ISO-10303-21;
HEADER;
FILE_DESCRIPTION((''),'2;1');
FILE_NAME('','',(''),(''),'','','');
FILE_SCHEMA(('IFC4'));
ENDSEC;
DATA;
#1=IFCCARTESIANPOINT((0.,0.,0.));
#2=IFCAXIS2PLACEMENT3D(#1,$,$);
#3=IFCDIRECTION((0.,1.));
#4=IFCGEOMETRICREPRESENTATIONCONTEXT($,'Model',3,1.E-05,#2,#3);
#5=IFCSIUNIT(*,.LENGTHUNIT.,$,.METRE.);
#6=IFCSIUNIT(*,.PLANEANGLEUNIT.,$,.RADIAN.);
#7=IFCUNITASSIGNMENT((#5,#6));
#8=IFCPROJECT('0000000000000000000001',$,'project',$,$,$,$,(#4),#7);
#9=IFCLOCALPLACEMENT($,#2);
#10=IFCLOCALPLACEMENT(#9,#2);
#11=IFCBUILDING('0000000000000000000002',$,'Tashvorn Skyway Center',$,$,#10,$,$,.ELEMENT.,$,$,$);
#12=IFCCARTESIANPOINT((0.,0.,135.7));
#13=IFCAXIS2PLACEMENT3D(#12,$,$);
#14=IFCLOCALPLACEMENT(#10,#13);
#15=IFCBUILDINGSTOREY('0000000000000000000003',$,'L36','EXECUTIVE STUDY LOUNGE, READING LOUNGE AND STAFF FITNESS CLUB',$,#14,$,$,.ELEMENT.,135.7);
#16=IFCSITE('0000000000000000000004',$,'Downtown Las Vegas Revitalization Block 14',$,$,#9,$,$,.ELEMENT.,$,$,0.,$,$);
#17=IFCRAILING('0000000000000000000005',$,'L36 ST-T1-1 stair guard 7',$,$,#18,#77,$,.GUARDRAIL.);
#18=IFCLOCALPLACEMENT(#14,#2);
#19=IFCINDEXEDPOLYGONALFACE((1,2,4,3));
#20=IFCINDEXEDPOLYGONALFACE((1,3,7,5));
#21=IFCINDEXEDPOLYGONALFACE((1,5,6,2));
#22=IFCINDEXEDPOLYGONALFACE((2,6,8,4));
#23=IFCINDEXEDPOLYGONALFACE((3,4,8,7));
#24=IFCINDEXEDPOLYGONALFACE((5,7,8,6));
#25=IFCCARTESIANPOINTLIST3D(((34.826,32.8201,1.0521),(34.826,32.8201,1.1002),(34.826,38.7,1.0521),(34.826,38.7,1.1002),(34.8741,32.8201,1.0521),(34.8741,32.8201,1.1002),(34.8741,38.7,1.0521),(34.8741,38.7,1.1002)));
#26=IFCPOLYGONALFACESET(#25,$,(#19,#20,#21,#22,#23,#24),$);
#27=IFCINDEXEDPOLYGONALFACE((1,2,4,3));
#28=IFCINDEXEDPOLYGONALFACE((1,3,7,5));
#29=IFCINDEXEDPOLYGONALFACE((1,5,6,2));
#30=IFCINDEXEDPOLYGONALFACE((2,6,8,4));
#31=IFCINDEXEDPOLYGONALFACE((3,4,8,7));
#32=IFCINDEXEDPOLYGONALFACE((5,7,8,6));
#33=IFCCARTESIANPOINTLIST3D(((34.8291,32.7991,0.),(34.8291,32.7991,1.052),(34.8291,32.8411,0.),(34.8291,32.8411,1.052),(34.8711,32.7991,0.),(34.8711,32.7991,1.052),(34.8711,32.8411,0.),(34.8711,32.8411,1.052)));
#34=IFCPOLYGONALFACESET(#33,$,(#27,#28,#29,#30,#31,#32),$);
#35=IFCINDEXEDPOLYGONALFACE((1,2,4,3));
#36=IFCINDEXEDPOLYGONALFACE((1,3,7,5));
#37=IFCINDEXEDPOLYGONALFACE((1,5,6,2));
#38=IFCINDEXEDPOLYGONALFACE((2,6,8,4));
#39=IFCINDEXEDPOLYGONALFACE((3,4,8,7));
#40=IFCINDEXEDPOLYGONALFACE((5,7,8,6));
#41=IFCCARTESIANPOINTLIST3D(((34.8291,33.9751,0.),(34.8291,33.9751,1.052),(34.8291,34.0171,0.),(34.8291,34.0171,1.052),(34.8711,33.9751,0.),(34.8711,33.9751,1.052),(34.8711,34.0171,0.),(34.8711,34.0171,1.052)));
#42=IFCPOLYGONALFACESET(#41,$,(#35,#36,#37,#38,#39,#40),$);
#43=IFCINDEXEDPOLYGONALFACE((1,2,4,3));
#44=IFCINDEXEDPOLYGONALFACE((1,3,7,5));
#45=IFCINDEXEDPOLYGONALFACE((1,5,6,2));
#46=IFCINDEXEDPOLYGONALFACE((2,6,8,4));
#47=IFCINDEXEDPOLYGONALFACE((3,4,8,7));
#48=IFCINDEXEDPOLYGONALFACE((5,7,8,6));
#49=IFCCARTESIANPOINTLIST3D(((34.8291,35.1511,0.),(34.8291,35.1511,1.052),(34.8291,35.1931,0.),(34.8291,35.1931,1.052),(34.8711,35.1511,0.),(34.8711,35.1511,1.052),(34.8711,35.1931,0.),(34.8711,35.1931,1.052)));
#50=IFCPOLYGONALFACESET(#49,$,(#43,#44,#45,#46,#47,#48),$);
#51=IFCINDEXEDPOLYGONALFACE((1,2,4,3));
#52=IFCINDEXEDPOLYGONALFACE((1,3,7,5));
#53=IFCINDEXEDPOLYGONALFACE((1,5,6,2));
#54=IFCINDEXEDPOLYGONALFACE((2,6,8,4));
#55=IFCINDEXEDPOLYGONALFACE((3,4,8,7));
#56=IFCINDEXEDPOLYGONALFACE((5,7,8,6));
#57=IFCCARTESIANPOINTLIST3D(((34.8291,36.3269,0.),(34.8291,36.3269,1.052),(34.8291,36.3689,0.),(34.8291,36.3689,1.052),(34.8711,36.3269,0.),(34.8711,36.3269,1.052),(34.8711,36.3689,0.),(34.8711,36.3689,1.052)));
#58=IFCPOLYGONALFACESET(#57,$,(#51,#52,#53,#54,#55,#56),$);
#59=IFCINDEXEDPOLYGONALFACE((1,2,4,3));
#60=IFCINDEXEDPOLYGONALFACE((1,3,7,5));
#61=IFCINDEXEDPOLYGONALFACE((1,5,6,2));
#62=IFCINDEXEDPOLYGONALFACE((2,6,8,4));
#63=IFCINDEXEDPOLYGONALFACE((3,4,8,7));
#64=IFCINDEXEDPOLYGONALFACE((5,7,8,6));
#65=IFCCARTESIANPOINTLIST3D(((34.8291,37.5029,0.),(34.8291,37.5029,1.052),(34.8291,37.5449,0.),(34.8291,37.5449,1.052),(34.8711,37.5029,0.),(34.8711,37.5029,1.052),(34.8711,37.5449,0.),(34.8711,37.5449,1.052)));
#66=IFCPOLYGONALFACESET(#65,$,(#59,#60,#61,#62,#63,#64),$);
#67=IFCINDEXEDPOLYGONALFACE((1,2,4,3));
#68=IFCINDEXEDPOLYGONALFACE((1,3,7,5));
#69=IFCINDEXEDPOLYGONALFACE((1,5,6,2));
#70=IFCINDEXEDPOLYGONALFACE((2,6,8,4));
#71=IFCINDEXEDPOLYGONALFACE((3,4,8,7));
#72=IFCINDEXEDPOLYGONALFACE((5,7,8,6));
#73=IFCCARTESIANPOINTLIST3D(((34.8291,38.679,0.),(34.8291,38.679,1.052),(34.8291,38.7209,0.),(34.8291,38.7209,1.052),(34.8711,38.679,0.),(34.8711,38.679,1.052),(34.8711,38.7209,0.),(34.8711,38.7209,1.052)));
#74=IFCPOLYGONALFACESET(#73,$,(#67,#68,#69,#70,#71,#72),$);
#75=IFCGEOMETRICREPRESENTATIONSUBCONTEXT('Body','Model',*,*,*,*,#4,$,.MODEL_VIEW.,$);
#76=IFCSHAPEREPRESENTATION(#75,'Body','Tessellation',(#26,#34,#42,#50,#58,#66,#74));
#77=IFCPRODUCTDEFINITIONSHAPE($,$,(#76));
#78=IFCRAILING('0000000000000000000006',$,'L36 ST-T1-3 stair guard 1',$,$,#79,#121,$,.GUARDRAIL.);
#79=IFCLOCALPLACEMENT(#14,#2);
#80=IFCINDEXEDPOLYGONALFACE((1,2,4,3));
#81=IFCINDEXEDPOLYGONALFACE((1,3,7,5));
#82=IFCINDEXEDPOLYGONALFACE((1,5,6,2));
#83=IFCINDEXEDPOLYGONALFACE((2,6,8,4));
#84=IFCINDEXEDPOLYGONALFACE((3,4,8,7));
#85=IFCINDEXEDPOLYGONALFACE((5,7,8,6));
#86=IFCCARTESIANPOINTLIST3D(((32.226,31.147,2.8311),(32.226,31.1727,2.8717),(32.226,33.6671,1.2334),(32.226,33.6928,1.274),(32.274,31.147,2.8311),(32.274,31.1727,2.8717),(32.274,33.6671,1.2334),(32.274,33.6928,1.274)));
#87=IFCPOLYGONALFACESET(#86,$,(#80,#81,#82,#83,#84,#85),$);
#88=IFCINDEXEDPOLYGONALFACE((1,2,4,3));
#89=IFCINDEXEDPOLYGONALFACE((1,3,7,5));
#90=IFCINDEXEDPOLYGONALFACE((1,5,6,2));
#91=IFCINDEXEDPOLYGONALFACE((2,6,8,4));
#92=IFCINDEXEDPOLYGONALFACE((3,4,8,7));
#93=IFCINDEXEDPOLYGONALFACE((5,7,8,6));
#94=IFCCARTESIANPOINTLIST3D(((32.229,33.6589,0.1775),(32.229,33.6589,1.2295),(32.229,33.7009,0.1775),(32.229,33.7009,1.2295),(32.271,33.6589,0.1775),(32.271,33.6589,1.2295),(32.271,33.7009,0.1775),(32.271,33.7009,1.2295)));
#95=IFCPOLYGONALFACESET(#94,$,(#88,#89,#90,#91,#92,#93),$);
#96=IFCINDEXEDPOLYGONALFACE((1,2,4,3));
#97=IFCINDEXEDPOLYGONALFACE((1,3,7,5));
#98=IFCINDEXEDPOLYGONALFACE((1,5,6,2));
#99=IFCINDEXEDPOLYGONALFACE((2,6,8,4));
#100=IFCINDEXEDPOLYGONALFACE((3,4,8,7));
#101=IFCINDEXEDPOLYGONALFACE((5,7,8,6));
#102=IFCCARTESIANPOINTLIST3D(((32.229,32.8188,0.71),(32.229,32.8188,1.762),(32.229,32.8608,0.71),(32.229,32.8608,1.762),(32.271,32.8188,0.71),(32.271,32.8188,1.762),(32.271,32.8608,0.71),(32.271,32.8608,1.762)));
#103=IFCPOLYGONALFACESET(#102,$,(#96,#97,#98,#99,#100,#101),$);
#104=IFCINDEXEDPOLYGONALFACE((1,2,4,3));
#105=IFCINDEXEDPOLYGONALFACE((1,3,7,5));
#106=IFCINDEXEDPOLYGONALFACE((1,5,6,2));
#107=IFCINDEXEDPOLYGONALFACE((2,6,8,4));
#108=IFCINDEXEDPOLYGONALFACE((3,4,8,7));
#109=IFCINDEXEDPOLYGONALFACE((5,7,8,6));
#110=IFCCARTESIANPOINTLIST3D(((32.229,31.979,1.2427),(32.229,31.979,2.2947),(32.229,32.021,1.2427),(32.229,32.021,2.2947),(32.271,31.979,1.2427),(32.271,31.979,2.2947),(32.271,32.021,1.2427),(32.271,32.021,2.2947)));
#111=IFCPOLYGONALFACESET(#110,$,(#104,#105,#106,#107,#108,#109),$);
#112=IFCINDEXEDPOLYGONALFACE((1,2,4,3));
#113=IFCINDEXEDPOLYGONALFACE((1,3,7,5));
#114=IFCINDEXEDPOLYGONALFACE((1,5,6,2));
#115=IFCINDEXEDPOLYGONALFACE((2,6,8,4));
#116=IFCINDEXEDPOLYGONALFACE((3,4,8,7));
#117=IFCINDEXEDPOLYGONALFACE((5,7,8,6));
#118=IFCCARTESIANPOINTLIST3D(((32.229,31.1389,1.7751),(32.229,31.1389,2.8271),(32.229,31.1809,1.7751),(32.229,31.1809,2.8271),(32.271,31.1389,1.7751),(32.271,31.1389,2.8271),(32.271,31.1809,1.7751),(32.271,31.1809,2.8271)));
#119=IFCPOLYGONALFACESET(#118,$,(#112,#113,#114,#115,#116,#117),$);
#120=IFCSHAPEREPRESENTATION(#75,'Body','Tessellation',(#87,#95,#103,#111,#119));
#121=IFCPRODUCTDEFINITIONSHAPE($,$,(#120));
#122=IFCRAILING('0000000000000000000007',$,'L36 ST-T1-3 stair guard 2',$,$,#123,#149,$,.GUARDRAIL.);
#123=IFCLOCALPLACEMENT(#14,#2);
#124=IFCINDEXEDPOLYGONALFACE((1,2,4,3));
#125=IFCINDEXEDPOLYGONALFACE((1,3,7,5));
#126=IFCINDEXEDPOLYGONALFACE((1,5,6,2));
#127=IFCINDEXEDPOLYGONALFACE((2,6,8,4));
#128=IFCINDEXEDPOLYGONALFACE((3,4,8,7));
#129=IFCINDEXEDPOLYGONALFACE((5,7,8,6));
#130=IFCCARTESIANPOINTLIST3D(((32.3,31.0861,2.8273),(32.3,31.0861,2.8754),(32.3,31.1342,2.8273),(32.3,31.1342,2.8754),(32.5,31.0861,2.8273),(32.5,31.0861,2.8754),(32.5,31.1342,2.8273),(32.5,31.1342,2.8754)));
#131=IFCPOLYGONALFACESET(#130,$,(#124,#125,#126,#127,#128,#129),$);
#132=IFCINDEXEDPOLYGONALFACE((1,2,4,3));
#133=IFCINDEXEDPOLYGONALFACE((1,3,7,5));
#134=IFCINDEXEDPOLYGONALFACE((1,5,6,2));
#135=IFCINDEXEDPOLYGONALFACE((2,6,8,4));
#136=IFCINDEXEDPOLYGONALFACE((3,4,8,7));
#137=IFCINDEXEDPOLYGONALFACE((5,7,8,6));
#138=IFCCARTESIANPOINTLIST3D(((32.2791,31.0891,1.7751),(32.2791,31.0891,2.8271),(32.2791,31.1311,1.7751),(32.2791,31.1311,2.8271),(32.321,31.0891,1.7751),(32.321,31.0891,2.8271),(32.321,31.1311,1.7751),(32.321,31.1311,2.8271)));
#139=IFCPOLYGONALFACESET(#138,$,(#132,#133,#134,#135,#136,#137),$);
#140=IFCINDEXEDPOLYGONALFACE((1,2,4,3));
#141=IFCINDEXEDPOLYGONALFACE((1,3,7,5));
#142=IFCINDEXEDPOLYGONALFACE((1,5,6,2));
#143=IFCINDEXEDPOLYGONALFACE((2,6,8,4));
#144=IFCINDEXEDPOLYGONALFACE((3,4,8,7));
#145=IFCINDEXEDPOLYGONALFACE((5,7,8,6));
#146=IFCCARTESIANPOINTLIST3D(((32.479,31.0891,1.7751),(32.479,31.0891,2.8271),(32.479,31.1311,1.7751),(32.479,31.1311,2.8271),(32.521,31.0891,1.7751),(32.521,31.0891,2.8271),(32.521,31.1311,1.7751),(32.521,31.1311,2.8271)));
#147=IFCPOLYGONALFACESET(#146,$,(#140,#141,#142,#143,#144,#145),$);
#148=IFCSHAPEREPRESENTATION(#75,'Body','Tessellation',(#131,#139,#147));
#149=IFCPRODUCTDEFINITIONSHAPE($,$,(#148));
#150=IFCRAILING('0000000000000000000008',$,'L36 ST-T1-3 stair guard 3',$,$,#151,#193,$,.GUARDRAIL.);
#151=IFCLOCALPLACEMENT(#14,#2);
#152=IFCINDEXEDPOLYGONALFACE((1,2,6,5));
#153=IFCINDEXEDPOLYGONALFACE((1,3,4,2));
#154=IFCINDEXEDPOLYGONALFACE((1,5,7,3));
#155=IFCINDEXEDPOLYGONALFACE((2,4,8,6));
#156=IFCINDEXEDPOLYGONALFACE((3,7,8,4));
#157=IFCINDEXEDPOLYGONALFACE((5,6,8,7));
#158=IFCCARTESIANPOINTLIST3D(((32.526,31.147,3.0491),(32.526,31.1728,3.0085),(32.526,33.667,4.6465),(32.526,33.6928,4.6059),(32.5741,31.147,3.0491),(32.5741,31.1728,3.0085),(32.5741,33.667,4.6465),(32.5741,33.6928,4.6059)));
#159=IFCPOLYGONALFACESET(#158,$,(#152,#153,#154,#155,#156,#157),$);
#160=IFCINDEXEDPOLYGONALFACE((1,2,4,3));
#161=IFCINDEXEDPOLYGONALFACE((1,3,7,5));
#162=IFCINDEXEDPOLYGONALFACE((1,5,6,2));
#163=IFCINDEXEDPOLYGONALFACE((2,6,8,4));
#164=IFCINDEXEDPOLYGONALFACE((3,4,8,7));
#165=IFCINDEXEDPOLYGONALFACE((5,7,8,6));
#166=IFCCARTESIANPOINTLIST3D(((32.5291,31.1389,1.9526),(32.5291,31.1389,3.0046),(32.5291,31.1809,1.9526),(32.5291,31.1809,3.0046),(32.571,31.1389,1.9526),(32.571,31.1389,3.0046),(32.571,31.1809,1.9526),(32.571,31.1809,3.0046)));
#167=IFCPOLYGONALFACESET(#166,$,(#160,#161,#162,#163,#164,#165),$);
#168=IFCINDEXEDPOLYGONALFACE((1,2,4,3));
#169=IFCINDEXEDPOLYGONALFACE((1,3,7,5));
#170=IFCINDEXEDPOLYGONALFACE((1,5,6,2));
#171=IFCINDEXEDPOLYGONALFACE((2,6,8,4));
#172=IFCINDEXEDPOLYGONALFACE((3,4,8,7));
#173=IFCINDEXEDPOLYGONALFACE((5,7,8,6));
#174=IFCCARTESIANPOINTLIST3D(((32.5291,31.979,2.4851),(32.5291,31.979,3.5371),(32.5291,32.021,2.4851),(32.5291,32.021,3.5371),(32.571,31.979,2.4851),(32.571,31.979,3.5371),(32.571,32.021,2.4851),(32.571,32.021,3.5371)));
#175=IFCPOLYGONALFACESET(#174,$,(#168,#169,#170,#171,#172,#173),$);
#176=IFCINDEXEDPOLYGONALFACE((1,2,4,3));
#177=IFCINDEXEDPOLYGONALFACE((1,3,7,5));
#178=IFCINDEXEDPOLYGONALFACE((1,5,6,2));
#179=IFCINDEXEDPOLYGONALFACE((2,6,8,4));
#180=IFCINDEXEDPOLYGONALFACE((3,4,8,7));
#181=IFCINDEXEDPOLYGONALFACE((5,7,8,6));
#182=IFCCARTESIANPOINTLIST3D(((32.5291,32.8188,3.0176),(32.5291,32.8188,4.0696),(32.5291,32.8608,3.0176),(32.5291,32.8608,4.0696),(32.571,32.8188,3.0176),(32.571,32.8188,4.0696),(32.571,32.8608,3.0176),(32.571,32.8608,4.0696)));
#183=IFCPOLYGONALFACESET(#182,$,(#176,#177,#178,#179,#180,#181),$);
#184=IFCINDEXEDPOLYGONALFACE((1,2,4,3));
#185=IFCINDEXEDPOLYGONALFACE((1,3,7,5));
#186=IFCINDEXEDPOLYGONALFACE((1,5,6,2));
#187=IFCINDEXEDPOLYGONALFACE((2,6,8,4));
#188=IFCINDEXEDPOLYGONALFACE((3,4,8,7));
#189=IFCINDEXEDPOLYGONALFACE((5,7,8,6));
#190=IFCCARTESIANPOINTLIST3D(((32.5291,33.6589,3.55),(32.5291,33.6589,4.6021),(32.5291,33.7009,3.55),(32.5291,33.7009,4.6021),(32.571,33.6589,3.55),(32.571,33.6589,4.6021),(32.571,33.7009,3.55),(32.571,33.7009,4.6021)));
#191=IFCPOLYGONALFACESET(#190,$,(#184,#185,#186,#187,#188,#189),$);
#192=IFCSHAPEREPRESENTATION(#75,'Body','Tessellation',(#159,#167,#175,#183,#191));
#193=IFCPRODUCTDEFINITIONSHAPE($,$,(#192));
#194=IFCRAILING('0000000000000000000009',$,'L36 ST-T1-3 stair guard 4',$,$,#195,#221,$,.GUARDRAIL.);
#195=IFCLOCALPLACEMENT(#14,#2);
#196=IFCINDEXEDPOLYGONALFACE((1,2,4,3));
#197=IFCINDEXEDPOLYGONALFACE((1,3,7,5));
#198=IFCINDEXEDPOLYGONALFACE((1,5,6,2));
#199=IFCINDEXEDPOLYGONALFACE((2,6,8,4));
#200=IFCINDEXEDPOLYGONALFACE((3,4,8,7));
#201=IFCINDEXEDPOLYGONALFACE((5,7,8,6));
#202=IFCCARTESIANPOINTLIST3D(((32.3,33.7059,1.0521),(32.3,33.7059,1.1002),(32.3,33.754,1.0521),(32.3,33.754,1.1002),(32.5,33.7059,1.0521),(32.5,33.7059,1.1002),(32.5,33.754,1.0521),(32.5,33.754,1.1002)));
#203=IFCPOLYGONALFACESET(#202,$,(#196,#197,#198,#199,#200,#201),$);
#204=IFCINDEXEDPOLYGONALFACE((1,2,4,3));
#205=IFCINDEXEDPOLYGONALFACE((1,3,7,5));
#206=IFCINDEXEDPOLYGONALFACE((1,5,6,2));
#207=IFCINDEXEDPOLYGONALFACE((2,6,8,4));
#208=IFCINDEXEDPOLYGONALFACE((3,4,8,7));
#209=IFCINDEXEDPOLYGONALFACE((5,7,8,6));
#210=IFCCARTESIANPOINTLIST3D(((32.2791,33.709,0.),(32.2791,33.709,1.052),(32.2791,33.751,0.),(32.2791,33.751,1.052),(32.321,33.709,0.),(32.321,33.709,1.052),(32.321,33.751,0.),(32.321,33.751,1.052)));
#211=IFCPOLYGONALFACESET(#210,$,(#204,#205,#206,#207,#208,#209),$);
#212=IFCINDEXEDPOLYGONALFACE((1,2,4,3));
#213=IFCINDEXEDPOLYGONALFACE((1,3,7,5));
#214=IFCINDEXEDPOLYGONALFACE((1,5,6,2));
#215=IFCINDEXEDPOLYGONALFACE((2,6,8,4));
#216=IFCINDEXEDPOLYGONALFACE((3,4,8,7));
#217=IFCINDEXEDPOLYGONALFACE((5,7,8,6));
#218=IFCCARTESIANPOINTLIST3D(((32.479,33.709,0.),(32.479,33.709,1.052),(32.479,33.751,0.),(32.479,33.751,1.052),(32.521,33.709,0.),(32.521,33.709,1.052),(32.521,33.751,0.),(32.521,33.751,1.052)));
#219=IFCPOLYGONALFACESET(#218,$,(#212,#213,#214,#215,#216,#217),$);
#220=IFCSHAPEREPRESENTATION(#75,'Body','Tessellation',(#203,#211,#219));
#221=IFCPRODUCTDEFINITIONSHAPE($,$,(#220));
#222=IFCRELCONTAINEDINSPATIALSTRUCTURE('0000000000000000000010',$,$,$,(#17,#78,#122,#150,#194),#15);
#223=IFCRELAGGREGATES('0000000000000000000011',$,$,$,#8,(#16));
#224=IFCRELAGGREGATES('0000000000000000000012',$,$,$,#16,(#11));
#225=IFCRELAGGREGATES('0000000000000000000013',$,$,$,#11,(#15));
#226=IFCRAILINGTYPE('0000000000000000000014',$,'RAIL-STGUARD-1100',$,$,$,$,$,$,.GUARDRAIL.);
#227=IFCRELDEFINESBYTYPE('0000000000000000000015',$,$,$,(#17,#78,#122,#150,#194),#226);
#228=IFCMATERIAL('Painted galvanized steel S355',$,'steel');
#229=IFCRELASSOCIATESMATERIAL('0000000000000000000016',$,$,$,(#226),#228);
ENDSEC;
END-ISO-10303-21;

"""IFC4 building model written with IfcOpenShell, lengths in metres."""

from ifc_helpers import new_model, si_unit, direction, frame, origin, origin_2d, place, context, subcontext, project, spatial, rectangle, extrude, material, type_object, element, save


model = new_model("IFC4")

# Units and contexts
model_context = context("Model", 3, precision=1e-05, world=origin(), true_north=direction((0.0, 1.0)))
body_context = subcontext(model_context, "Body", "Model", "MODEL_VIEW")
ifc_project = project(units=[si_unit("LENGTHUNIT", "METRE"), si_unit("PLANEANGLEUNIT", "RADIAN")], contexts=[model_context])

# Site, building, storey
site_placement = place(None, origin())
site = spatial("IfcSite", under=ifc_project, at=site_placement, Name="Downtown Las Vegas Revitalization Block 14", CompositionType="ELEMENT", RefElevation=0.0)
building_placement = place(site_placement, origin())
building = spatial("IfcBuilding", under=site, at=building_placement, Name="Tashvorn Skyway Center", CompositionType="ELEMENT")
storey_placement = place(building_placement, frame((0.0, 0.0, 135.7)))
storey = spatial("IfcBuildingStorey", under=building, at=storey_placement, Name="L36", Description="EXECUTIVE STUDY LOUNGE, READING LOUNGE AND STAFF FITNESS CLUB", CompositionType="ELEMENT", Elevation=135.7)

# Railings
ifc_material_1 = material(Name="Painted galvanized steel S355", Category="steel")
railing_type_1 = type_object("IfcRailingType", Name="RAIL-STGUARD-1100", PredefinedType="GUARDRAIL", material=ifc_material_1)
railing_1_placement = place(storey_placement, frame((34.8501, 32.8201, 0.0)))
element("IfcRailing", 1, at=railing_1_placement, inside=storey, type_object=railing_type_1, Name="L36 ST-T1-1 stair guard 7", PredefinedType="GUARDRAIL", context=body_context, shape_type="SweptSolid", body=[
    extrude(rectangle(XDim=0.0481, YDim=0.0481, at=origin_2d()), frame((0.0, 0.0, 1.0762), z_axis=(0.0, 1.0, 0.0), x_axis=(-1.0, 0.0, 0.0)), (0.0, 0.0, 1.0), 5.8799),
    extrude(rectangle(XDim=0.042, YDim=0.042, at=origin_2d()), origin(), (0.0, 0.0, 1.0), 1.052),
    extrude(rectangle(XDim=0.042, YDim=0.042, at=origin_2d()), frame((0.0, 1.176, 0.0)), (0.0, 0.0, 1.0), 1.052),
    extrude(rectangle(XDim=0.042, YDim=0.042, at=origin_2d()), frame((0.0, 2.3521, 0.0)), (0.0, 0.0, 1.0), 1.052),
    extrude(rectangle(XDim=0.042, YDim=0.042, at=origin_2d()), frame((0.0, 3.5278, 0.0)), (0.0, 0.0, 1.0), 1.052),
    extrude(rectangle(XDim=0.042, YDim=0.042, at=origin_2d()), frame((0.0, 4.7039, 0.0)), (0.0, 0.0, 1.0), 1.052),
    extrude(rectangle(XDim=0.042, YDim=0.042, at=origin_2d()), frame((0.0, 5.8799, 0.0)), (0.0, 0.0, 1.0), 1.052),
])
railing_2_placement = place(storey_placement, frame((32.25, 33.6799, 0.1775)))
element("IfcRailing", 2, at=railing_2_placement, inside=storey, type_object=railing_type_1, Name="L36 ST-T1-3 stair guard 1", PredefinedType="GUARDRAIL", context=body_context, shape_type="SweptSolid", body=[
    extrude(rectangle(XDim=0.0481, YDim=0.0481, at=origin_2d()), frame((0.0, 0.0, 1.0762), z_axis=(0.0, -0.84457, 0.535445), x_axis=(1.0, 0.0, 0.0)), (0.0, 0.0, 1.0), 2.9839),
    extrude(rectangle(XDim=0.042, YDim=0.042, at=origin_2d()), origin(), (0.0, 0.0, 1.0), 1.052),
    extrude(rectangle(XDim=0.042, YDim=0.042, at=origin_2d()), frame((0.0, -0.8401, 0.5325)), (0.0, 0.0, 1.0), 1.052),
    extrude(rectangle(XDim=0.042, YDim=0.042, at=origin_2d()), frame((0.0, -1.6799, 1.0652)), (0.0, 0.0, 1.0), 1.052),
    extrude(rectangle(XDim=0.042, YDim=0.042, at=origin_2d()), frame((0.0, -2.52, 1.5977)), (0.0, 0.0, 1.0), 1.052),
])
railing_3_placement = place(storey_placement, frame((32.3, 31.1101, 1.7751)))
element("IfcRailing", 3, at=railing_3_placement, inside=storey, type_object=railing_type_1, Name="L36 ST-T1-3 stair guard 2", PredefinedType="GUARDRAIL", context=body_context, shape_type="SweptSolid", body=[
    extrude(rectangle(XDim=0.0481, YDim=0.0481, at=origin_2d()), frame((0.0, 0.0, 1.0762), z_axis=(1.0, 0.0, 0.0), x_axis=(0.0, 1.0, 0.0)), (0.0, 0.0, 1.0), 0.2),
    extrude(rectangle(XDim=0.042, YDim=0.042, at=origin_2d()), origin(), (0.0, 0.0, 1.0), 1.052),
    extrude(rectangle(XDim=0.042, YDim=0.042, at=origin_2d()), frame((0.2, 0.0, 0.0)), (0.0, 0.0, 1.0), 1.052),
])
railing_4_placement = place(storey_placement, frame((32.55, 31.1599, 1.9526)))
element("IfcRailing", 4, at=railing_4_placement, inside=storey, type_object=railing_type_1, Name="L36 ST-T1-3 stair guard 3", PredefinedType="GUARDRAIL", context=body_context, shape_type="SweptSolid", body=[
    extrude(rectangle(XDim=0.0481, YDim=0.0481, at=origin_2d()), frame((0.0, 0.0, 1.0762), z_axis=(0.0, 0.844607, 0.535387), x_axis=(-1.0, 0.0, 0.0)), (0.0, 0.0, 1.0), 2.9836),
    extrude(rectangle(XDim=0.042, YDim=0.042, at=origin_2d()), origin(), (0.0, 0.0, 1.0), 1.052),
    extrude(rectangle(XDim=0.042, YDim=0.042, at=origin_2d()), frame((0.0, 0.8401, 0.5325)), (0.0, 0.0, 1.0), 1.052),
    extrude(rectangle(XDim=0.042, YDim=0.042, at=origin_2d()), frame((0.0, 1.6799, 1.0649)), (0.0, 0.0, 1.0), 1.052),
    extrude(rectangle(XDim=0.042, YDim=0.042, at=origin_2d()), frame((0.0, 2.52, 1.5974)), (0.0, 0.0, 1.0), 1.052),
])
railing_5_placement = place(storey_placement, frame((32.3, 33.73, 0.0)))
element("IfcRailing", 5, at=railing_5_placement, inside=storey, type_object=railing_type_1, Name="L36 ST-T1-3 stair guard 4", PredefinedType="GUARDRAIL", context=body_context, shape_type="SweptSolid", body=[
    extrude(rectangle(XDim=0.0481, YDim=0.0481, at=origin_2d()), frame((0.0, 0.0, 1.0762), z_axis=(1.0, 0.0, 0.0), x_axis=(0.0, 1.0, 0.0)), (0.0, 0.0, 1.0), 0.2),
    extrude(rectangle(XDim=0.042, YDim=0.042, at=origin_2d()), origin(), (0.0, 0.0, 1.0), 1.052),
    extrude(rectangle(XDim=0.042, YDim=0.042, at=origin_2d()), frame((0.2, 0.0, 0.0)), (0.0, 0.0, 1.0), 1.052),
])

save(model, "model.ifc")
